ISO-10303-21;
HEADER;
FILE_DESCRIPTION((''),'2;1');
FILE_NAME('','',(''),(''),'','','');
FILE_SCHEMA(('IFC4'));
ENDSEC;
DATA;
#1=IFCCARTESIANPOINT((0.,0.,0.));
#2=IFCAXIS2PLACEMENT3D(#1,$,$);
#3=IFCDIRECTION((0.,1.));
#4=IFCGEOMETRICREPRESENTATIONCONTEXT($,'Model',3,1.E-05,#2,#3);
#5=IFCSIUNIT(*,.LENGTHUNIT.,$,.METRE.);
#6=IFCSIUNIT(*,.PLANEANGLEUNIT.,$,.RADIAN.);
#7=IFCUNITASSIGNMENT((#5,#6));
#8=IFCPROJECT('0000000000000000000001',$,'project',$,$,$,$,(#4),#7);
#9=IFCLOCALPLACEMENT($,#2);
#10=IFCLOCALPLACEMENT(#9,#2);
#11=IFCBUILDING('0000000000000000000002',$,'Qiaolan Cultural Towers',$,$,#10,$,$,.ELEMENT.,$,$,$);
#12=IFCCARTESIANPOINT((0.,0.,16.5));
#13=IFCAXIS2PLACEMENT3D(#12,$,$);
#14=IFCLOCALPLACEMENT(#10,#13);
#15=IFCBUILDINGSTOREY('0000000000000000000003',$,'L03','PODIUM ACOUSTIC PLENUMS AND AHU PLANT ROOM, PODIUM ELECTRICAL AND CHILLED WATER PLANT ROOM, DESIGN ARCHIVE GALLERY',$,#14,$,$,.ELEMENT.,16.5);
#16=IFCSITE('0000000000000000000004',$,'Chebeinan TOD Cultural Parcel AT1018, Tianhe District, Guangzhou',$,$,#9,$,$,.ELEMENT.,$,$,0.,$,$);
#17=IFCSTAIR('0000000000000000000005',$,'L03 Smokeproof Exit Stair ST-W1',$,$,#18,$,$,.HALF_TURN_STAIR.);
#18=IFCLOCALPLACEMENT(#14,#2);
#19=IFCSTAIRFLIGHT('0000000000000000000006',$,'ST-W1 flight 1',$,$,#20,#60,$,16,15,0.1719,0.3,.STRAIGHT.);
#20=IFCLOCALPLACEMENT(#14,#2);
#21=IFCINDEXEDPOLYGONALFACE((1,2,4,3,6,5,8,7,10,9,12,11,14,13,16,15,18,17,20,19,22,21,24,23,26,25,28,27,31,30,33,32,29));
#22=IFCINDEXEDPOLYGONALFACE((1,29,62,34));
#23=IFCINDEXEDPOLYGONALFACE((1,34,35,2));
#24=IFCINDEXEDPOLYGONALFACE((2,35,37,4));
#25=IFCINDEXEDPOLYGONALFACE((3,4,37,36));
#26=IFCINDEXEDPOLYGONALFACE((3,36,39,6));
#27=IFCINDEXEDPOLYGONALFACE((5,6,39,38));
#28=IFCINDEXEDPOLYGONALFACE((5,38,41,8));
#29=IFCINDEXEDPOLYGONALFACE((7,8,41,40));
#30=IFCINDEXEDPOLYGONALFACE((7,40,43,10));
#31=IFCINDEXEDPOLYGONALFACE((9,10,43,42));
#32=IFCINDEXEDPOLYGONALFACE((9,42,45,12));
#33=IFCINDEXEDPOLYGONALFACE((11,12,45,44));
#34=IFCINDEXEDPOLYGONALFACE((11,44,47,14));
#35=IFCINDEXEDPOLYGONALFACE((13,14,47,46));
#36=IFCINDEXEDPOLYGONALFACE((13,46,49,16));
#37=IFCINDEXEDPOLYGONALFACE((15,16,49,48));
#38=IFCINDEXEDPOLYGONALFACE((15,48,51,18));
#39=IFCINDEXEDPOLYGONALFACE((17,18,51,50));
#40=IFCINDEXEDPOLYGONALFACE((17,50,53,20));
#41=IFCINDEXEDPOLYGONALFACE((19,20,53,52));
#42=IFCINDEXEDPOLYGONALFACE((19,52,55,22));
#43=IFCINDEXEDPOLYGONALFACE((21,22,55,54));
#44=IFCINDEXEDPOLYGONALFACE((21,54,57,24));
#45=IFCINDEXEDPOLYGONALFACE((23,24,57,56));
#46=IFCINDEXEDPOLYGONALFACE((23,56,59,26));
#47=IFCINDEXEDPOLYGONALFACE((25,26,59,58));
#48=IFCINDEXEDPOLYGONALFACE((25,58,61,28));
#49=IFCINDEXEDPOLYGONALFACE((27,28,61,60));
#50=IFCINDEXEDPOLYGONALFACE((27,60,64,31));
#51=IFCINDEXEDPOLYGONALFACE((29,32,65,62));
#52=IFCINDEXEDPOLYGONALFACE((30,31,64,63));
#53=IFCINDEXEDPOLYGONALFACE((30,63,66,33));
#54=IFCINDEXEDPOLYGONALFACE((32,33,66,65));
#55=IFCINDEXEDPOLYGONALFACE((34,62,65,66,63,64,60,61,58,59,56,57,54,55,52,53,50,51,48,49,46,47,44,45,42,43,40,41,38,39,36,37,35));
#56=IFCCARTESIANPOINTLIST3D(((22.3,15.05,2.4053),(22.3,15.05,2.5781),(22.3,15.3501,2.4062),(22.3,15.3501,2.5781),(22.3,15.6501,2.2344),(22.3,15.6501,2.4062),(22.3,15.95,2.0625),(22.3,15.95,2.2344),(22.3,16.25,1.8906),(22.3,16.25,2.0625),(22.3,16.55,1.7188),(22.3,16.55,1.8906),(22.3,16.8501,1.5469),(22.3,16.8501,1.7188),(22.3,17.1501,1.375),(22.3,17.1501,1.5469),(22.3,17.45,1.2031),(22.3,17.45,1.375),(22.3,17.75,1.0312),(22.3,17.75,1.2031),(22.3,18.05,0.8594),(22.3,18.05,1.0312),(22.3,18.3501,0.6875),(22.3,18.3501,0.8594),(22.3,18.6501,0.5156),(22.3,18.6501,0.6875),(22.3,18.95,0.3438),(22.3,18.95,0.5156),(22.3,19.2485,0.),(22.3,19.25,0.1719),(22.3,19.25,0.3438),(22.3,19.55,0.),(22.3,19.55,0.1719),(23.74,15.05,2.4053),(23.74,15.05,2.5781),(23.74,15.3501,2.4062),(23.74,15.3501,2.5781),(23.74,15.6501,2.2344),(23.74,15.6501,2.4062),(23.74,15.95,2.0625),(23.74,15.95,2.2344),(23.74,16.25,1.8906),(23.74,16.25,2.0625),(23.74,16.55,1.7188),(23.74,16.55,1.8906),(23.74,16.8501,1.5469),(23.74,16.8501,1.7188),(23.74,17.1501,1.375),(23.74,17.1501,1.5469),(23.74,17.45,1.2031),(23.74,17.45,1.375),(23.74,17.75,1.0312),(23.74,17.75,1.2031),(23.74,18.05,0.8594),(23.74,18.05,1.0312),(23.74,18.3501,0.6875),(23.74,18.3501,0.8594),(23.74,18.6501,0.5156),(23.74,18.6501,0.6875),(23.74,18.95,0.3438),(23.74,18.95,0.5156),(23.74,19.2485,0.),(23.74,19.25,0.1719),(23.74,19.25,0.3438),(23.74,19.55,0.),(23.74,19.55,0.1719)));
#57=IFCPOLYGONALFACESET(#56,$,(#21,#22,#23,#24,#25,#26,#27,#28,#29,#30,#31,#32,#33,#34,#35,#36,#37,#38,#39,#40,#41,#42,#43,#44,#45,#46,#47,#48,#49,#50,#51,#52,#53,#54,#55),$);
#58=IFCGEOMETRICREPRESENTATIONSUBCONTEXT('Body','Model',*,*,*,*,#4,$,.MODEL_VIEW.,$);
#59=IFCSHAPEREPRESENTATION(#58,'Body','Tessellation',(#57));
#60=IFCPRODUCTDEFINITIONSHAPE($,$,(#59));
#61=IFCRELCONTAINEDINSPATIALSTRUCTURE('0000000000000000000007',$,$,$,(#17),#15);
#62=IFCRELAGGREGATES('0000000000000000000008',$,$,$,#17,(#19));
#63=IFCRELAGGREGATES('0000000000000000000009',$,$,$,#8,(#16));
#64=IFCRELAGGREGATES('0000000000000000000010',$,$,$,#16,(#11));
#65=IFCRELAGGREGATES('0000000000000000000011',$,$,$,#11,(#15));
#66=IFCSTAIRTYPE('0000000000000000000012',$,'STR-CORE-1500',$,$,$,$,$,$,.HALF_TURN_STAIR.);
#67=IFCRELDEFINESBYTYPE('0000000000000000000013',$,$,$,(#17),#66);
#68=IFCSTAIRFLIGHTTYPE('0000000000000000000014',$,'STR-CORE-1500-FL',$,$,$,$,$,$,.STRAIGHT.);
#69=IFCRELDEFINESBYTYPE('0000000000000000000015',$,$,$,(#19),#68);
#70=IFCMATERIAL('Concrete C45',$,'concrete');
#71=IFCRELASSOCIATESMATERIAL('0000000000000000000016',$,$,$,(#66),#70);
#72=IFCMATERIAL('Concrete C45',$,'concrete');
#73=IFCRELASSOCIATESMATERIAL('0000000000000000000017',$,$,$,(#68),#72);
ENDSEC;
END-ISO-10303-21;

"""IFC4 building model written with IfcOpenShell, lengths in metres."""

from ifc_helpers import new_model, si_unit, direction, frame, origin, place, context, subcontext, project, spatial, polyline, outline, extrude, material, type_object, element, aggregate, save


model = new_model("IFC4")

# Units and contexts
model_context = context("Model", 3, precision=1e-05, world=origin(), true_north=direction((0.0, 1.0)))
body_context = subcontext(model_context, "Body", "Model", "MODEL_VIEW")
ifc_project = project(units=[si_unit("LENGTHUNIT", "METRE"), si_unit("PLANEANGLEUNIT", "RADIAN")], contexts=[model_context])

# Site, building, storey
site_placement = place(None, origin())
site = spatial("IfcSite", under=ifc_project, at=site_placement, Name="Chebeinan TOD Cultural Parcel AT1018, Tianhe District, Guangzhou", CompositionType="ELEMENT", RefElevation=0.0)
building_placement = place(site_placement, origin())
building = spatial("IfcBuilding", under=site, at=building_placement, Name="Qiaolan Cultural Towers", CompositionType="ELEMENT")
storey_placement = place(building_placement, frame((0.0, 0.0, 16.5)))
storey = spatial("IfcBuildingStorey", under=building, at=storey_placement, Name="L03", Description="PODIUM ACOUSTIC PLENUMS AND AHU PLANT ROOM, PODIUM ELECTRICAL AND CHILLED WATER PLANT ROOM, DESIGN ARCHIVE GALLERY", CompositionType="ELEMENT", Elevation=16.5)

# Stair, stair flight
ifc_material_1 = material(Name="Concrete C45", Category="concrete")
stair_type = type_object("IfcStairType", Name="STR-CORE-1500", PredefinedType="HALF_TURN_STAIR", material=ifc_material_1)
stair_placement = place(storey_placement, origin())
stair = element("IfcStair", 1, at=stair_placement, inside=storey, type_object=stair_type, Name="L03 Smokeproof Exit Stair ST-W1", PredefinedType="HALF_TURN_STAIR")
ifc_material_2 = material(Name="Concrete C45", Category="concrete")
stair_flight_type = type_object("IfcStairFlightType", Name="STR-CORE-1500-FL", PredefinedType="STRAIGHT", material=ifc_material_2)
stair_flight_placement = place(storey_placement, frame((23.02, 19.55, 0.0), z_axis=(0.0, 0.0, 1.0), x_axis=(0.0, -1.0, 0.0)))
stair_flight = element("IfcStairFlight", 2, at=stair_flight_placement, type_object=stair_flight_type, Name="ST-W1 flight 1", NumberOfRisers=16, NumberOfTreads=15, PredefinedType="STRAIGHT", RiserHeight=0.1719, TreadLength=0.3, context=body_context, shape_type="SweptSolid", body=[
    extrude(outline(polyline([(0.0, 0.0), (0.0, 0.1719), (0.3, 0.1719), (0.3, 0.3438), (0.6001, 0.3438), (0.6001, 0.5156), (0.8999, 0.5156), (0.8999, 0.6875), (1.2, 0.6875), (1.2, 0.8594), (1.5, 0.8594), (1.5, 1.0312), (1.8, 1.0312), (1.8, 1.2031), (2.1001, 1.2031), (2.1001, 1.375), (2.3999, 1.375), (2.3999, 1.5469), (2.7, 1.5469), (2.7, 1.7188), (3.0, 1.7188), (3.0, 1.8906), (3.3, 1.8906), (3.3, 2.0625), (3.6001, 2.0625), (3.6001, 2.2344), (3.8999, 2.2344), (3.8999, 2.4062), (4.2, 2.4062), (4.2, 2.5781), (4.5, 2.5781), (4.5, 2.75), (4.5, 2.4053), (0.3015, 0.0), (0.0, 0.0)])), frame((0.0, 0.72, 0.0), z_axis=(0.0, -1.0, 0.0), x_axis=(1.0, 0.0, 0.0)), (0.0, 0.0, 1.0), 1.4399),
])
aggregate(stair, [stair_flight])

save(model, "model.ifc")
